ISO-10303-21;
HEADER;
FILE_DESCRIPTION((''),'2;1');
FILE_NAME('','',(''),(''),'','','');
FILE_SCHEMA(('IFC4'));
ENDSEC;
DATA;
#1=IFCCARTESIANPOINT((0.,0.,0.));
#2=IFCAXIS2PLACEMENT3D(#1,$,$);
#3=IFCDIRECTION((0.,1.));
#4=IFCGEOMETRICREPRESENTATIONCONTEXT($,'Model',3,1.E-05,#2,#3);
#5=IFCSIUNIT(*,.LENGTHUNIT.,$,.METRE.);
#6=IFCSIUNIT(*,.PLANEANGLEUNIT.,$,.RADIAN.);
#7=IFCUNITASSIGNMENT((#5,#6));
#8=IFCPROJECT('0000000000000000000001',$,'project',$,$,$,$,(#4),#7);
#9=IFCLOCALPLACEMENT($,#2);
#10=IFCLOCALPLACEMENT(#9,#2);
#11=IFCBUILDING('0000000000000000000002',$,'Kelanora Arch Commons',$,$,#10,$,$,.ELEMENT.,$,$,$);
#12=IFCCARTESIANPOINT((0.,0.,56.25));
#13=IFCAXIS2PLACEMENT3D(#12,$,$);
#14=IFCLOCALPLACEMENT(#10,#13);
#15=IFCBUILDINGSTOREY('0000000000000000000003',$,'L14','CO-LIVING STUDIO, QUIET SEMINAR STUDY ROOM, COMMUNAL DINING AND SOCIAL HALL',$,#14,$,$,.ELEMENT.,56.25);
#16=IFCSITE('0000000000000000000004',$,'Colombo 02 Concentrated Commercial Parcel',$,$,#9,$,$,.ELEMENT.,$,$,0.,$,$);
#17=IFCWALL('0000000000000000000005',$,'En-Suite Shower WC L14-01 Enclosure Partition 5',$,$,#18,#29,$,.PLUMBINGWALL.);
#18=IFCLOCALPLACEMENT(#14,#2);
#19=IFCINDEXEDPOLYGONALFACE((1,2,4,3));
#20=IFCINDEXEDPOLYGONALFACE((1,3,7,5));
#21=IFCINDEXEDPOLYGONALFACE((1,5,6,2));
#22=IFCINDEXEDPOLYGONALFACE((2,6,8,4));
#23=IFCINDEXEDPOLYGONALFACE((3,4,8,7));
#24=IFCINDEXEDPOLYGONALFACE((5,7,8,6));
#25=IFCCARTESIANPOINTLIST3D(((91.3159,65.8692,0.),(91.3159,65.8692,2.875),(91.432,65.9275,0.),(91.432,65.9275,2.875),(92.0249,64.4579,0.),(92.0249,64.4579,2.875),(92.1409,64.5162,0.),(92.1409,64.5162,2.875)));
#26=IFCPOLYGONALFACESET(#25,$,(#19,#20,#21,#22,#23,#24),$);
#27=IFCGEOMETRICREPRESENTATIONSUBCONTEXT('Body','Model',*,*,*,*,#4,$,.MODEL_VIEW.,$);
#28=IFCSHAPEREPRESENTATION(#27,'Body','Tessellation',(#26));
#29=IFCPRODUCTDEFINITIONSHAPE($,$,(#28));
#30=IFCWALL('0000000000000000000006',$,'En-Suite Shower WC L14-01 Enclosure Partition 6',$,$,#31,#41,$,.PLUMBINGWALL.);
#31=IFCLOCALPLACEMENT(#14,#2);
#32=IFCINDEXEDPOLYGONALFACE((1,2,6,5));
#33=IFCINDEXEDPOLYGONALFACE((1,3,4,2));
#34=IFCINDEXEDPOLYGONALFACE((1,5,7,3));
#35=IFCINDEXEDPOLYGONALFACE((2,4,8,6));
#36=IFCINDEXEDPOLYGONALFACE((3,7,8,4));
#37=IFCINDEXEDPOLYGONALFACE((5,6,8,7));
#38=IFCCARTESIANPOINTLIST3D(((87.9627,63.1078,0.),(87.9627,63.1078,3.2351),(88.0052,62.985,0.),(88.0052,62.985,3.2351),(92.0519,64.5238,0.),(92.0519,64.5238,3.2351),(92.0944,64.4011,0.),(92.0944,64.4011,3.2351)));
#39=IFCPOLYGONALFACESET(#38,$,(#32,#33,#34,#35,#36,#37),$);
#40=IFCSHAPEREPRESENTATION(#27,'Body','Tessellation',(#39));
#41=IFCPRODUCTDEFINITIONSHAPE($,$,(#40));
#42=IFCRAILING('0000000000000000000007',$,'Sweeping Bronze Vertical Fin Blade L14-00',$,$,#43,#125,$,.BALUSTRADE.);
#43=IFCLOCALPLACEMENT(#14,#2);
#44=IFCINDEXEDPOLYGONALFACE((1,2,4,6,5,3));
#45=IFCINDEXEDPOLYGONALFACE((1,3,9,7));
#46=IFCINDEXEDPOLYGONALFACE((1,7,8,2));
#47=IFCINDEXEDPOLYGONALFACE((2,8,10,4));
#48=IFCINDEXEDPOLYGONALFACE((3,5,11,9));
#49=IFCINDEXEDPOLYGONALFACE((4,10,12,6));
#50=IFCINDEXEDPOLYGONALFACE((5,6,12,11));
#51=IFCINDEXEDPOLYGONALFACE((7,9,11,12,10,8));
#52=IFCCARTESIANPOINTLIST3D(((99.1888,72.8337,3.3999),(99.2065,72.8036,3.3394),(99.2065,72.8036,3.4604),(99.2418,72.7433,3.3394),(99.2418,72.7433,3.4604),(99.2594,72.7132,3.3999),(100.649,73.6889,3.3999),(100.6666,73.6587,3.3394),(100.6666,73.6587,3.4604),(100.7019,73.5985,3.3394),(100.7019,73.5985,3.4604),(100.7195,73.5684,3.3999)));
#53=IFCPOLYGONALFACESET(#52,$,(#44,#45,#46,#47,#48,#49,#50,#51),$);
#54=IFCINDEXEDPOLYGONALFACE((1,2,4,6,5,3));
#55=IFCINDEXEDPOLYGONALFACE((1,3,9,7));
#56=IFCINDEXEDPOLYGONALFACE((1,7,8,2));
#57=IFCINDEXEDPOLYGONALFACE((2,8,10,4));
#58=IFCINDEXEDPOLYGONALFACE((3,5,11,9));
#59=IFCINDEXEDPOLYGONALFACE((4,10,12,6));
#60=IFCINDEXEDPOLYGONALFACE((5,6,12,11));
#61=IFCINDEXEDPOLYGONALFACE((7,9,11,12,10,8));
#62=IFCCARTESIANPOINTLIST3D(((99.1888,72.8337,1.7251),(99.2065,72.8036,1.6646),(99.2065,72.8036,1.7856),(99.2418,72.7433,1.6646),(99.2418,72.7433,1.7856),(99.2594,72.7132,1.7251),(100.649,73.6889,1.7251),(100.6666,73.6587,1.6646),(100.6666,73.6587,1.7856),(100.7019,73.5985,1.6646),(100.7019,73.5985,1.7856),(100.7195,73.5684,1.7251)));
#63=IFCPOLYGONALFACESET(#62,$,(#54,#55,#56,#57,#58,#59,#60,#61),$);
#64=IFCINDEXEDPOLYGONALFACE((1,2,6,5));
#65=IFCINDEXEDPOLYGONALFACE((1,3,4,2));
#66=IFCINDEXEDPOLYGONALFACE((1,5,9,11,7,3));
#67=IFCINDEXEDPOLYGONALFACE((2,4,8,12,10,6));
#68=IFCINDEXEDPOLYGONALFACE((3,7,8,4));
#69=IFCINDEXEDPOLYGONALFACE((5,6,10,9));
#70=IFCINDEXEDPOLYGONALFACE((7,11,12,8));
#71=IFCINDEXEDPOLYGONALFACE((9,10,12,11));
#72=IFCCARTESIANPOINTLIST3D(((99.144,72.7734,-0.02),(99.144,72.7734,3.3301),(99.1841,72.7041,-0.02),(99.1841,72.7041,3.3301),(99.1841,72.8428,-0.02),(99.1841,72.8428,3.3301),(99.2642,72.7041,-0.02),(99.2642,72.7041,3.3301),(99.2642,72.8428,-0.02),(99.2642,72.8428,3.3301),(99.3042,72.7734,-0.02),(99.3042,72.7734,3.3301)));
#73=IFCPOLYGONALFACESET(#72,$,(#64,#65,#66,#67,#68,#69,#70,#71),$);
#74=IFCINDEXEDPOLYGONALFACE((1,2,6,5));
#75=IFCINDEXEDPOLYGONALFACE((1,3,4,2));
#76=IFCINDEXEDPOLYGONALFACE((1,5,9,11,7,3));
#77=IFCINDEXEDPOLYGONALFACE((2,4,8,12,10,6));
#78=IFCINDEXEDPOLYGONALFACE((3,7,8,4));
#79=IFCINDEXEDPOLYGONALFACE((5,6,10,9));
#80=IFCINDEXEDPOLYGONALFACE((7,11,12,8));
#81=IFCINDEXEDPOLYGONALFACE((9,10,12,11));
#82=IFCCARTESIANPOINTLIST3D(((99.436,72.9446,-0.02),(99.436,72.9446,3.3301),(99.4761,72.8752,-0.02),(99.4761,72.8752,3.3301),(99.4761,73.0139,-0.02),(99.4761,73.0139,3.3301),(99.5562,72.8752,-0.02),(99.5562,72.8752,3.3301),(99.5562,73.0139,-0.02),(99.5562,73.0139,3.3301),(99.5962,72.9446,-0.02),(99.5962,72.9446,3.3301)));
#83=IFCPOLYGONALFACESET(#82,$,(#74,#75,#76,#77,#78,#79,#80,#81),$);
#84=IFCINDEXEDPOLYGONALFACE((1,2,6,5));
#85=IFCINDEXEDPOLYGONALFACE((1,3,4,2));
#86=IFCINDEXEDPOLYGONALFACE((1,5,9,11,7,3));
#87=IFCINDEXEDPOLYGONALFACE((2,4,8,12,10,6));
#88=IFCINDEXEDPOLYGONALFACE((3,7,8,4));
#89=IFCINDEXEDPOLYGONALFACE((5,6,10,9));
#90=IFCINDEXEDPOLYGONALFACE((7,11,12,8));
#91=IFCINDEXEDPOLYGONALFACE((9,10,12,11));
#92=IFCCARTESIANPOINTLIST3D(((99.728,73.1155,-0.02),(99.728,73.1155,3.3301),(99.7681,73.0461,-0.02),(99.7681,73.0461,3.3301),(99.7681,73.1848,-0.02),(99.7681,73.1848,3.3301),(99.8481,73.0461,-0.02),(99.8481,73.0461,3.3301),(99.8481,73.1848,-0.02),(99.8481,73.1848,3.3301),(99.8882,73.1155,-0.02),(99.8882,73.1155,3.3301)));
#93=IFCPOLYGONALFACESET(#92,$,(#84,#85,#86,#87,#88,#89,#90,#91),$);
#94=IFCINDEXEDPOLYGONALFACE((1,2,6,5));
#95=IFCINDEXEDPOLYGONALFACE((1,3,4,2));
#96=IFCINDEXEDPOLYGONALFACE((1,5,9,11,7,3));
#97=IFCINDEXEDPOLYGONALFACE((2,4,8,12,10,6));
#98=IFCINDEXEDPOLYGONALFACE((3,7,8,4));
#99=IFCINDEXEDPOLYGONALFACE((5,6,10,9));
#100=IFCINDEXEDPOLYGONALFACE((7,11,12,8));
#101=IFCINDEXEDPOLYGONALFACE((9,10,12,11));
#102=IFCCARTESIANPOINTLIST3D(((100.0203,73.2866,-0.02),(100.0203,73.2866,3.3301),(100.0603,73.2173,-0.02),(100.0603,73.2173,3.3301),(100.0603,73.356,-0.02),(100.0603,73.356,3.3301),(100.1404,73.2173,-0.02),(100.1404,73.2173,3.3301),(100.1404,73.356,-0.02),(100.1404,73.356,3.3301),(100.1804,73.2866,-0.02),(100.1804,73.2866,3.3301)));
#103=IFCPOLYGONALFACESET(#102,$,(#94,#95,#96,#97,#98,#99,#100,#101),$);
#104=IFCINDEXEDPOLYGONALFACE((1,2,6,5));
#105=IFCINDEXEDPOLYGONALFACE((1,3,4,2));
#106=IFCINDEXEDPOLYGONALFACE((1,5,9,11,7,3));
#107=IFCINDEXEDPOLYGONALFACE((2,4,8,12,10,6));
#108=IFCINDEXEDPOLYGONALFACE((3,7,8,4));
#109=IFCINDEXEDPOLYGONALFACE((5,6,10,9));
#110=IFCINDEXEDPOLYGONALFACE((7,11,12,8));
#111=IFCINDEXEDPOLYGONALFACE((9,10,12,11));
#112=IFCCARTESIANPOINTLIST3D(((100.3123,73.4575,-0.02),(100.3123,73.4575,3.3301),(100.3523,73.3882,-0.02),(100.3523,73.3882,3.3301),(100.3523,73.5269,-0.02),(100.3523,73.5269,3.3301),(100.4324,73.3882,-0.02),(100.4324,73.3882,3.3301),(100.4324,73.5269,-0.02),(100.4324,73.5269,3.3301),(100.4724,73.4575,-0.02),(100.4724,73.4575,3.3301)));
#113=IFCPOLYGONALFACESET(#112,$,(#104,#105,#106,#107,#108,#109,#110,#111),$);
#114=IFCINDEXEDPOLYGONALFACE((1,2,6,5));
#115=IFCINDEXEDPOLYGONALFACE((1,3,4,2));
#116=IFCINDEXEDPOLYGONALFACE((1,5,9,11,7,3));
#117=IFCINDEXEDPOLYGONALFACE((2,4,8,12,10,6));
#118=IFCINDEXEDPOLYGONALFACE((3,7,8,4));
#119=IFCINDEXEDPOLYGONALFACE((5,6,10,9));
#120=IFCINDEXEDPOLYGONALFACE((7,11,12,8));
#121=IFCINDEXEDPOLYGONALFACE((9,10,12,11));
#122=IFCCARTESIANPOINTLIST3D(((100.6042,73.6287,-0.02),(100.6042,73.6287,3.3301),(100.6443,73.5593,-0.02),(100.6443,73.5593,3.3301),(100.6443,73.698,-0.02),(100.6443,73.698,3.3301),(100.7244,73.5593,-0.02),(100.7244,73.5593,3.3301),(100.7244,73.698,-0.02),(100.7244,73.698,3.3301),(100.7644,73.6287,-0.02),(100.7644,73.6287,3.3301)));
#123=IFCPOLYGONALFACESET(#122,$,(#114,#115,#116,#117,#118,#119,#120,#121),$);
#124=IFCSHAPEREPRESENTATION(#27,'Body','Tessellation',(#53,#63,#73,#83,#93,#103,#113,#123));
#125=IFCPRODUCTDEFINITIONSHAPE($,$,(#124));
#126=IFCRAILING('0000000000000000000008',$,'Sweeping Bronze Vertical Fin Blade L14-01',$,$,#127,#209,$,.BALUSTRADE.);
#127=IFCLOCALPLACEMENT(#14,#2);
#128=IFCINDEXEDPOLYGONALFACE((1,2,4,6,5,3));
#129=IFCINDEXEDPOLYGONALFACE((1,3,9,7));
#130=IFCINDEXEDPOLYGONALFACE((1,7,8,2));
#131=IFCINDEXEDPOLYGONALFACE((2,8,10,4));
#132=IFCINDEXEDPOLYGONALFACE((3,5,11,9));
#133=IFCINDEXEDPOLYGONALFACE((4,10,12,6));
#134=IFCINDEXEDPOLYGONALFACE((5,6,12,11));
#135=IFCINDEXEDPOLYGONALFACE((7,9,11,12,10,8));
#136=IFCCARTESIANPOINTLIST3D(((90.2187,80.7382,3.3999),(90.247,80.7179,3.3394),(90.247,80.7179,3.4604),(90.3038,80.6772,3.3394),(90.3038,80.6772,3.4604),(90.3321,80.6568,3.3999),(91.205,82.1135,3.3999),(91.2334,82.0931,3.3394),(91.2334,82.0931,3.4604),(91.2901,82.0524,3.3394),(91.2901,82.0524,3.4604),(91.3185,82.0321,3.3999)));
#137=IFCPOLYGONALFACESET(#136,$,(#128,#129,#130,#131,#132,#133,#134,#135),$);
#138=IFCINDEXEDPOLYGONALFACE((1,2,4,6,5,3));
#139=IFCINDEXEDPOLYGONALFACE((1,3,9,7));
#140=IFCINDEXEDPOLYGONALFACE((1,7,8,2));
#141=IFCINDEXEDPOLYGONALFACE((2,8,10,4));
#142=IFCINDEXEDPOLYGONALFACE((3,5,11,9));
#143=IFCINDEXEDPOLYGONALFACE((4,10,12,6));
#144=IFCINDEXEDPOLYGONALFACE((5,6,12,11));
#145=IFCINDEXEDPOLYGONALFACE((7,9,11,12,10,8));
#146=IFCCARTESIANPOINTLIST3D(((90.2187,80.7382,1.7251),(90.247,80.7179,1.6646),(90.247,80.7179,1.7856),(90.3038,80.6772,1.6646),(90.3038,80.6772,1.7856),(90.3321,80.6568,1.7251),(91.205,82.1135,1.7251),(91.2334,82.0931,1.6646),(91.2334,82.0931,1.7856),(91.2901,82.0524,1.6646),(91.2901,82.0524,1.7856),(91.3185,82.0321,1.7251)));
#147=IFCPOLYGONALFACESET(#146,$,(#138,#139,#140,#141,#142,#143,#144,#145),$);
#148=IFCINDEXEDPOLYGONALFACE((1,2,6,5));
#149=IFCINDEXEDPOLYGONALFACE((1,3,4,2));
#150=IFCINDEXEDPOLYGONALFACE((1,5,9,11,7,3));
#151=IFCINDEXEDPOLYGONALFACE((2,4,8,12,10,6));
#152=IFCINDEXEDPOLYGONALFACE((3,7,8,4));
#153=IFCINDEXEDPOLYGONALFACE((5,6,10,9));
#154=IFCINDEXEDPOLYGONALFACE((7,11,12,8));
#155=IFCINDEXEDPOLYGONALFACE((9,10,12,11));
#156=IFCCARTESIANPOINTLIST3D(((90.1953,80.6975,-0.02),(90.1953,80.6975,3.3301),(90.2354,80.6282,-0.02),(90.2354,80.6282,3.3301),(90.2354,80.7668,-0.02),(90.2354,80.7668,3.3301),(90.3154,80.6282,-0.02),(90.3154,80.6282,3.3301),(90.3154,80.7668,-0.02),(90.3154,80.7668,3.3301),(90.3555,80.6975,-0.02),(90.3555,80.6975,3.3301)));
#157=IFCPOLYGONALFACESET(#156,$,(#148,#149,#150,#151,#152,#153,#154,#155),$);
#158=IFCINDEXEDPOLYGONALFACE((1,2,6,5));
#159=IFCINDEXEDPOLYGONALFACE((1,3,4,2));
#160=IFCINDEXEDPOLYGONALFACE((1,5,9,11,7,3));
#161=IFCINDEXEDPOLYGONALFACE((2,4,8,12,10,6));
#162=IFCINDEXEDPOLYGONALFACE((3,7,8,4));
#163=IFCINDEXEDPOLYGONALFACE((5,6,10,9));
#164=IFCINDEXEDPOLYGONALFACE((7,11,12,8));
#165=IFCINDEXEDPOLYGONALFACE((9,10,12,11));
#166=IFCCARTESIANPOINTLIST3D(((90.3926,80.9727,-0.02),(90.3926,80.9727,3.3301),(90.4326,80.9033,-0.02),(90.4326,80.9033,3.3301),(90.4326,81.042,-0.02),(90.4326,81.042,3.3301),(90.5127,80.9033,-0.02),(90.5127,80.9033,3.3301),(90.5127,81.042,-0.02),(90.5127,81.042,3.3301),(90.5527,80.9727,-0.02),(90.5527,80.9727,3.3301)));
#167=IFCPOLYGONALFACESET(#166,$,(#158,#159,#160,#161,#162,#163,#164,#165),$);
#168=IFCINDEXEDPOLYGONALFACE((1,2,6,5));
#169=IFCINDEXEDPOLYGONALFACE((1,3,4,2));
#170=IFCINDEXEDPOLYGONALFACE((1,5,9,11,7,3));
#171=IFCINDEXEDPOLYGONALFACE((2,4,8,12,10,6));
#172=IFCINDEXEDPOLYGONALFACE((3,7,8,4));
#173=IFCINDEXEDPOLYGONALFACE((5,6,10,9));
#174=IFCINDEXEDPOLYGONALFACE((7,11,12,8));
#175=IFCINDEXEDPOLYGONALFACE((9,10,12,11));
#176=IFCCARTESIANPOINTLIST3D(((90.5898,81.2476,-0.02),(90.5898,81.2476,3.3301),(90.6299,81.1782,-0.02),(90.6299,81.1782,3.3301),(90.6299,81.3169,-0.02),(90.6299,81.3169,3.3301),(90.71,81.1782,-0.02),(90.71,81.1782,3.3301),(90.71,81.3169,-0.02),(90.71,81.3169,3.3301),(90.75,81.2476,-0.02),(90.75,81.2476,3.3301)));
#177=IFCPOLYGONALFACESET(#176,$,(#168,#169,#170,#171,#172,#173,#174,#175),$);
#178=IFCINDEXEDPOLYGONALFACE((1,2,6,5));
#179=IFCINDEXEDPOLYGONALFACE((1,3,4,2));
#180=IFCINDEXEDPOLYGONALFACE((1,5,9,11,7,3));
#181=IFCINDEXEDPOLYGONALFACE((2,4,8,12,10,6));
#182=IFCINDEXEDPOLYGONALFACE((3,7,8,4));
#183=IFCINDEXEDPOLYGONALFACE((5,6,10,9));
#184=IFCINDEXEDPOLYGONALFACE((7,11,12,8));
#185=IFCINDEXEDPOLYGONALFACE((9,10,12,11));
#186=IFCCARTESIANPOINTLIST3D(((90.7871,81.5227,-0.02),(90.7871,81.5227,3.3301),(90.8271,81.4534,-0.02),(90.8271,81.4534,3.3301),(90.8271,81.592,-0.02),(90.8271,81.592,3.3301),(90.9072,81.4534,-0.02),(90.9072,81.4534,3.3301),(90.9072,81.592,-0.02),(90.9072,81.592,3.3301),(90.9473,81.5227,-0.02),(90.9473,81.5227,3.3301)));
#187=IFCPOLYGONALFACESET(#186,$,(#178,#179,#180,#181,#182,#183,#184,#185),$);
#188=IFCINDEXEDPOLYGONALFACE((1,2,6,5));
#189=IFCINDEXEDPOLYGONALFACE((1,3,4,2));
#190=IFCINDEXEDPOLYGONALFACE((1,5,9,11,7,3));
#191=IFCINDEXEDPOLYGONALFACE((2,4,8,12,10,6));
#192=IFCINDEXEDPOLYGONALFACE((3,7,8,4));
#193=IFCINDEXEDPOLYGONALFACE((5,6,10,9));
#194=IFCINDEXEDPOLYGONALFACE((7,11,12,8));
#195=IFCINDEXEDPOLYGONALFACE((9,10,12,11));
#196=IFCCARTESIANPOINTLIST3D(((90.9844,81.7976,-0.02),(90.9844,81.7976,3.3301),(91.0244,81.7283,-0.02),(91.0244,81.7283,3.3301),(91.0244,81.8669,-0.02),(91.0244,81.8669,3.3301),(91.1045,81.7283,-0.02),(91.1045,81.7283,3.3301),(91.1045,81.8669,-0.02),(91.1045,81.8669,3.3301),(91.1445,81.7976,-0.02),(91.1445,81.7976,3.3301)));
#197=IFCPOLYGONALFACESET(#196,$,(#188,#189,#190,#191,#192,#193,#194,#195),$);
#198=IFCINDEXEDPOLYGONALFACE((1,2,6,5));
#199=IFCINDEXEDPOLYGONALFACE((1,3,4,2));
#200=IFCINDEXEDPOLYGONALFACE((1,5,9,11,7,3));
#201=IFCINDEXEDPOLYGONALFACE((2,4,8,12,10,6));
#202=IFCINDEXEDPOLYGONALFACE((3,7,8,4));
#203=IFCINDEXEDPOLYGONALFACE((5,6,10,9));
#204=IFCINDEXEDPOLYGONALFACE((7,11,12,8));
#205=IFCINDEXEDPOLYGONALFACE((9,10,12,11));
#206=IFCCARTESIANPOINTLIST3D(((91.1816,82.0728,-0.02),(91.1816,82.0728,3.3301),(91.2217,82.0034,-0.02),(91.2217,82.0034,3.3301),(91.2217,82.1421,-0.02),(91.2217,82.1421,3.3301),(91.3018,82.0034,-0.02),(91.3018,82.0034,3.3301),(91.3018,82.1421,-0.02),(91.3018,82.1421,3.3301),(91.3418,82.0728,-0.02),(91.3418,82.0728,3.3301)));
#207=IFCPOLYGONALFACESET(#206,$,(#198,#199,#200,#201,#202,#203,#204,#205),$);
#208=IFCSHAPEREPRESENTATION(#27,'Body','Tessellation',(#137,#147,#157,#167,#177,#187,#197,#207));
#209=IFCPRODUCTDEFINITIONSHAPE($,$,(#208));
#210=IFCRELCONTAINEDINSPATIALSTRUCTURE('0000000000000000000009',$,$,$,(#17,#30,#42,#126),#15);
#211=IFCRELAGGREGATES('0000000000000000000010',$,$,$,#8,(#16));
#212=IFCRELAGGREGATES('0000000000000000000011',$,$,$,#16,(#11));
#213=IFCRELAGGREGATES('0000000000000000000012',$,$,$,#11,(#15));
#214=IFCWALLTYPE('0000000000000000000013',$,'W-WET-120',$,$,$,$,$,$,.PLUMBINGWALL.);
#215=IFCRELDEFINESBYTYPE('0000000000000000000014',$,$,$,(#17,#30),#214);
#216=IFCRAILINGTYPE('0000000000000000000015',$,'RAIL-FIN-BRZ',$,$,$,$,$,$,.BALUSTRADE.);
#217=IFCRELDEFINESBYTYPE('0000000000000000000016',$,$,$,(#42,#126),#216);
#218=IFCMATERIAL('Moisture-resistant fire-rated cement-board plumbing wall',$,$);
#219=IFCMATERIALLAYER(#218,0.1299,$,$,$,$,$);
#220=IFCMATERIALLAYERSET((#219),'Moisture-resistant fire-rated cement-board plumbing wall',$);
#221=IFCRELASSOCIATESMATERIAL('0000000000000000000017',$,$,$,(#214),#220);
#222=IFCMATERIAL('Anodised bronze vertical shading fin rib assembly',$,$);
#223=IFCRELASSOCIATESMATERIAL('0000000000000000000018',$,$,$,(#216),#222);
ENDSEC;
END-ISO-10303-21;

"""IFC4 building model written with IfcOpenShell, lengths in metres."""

from ifc_helpers import new_model, si_unit, direction, frame, frame_2d, origin, place, context, subcontext, project, spatial, polyline, rectangle, outline, extrude, material, layer, layer_set, type_object, element, save


model = new_model("IFC4")

# Units and contexts
model_context = context("Model", 3, precision=1e-05, world=origin(), true_north=direction((0.0, 1.0)))
body_context = subcontext(model_context, "Body", "Model", "MODEL_VIEW")
ifc_project = project(units=[si_unit("LENGTHUNIT", "METRE"), si_unit("PLANEANGLEUNIT", "RADIAN")], contexts=[model_context])

# Site, building, storey
site_placement = place(None, origin())
site = spatial("IfcSite", under=ifc_project, at=site_placement, Name="Colombo 02 Concentrated Commercial Parcel", CompositionType="ELEMENT", RefElevation=0.0)
building_placement = place(site_placement, origin())
building = spatial("IfcBuilding", under=site, at=building_placement, Name="Kelanora Arch Commons", CompositionType="ELEMENT")
storey_placement = place(building_placement, frame((0.0, 0.0, 56.25)))
storey = spatial("IfcBuildingStorey", under=building, at=storey_placement, Name="L14", Description="CO-LIVING STUDIO, QUIET SEMINAR STUDY ROOM, COMMUNAL DINING AND SOCIAL HALL", CompositionType="ELEMENT", Elevation=56.25)

# Walls
ifc_material_1 = material(Name="Moisture-resistant fire-rated cement-board plumbing wall")
ifc_layer_1 = layer(ifc_material_1, 0.1299)
ifc_layer_set_1 = layer_set([ifc_layer_1], Name="Moisture-resistant fire-rated cement-board plumbing wall")
wall_type_1 = type_object("IfcWallType", Name="W-WET-120", PredefinedType="PLUMBINGWALL", material=ifc_layer_set_1)
wall_1_placement = place(storey_placement, frame((91.374, 65.8982, 0.0), z_axis=(0.0, 0.0, 1.0), x_axis=(0.448882, -0.893591, 0.0)))
element("IfcWall", 1, at=wall_1_placement, inside=storey, type_object=wall_type_1, Name="En-Suite Shower WC L14-01 Enclosure Partition 5", PredefinedType="PLUMBINGWALL", context=body_context, shape_type="SweptSolid", body=[
    extrude(rectangle(XDim=1.5793, YDim=0.1299, at=frame_2d((0.7896, 0.0))), origin(), (0.0, 0.0, 1.0), 2.875),
])
wall_2_placement = place(storey_placement, frame((92.073, 64.4624, 0.0), z_axis=(0.0, 0.0, 1.0), x_axis=(-0.944946, -0.327225, 0.0)))
element("IfcWall", 2, at=wall_2_placement, inside=storey, type_object=wall_type_1, Name="En-Suite Shower WC L14-01 Enclosure Partition 6", PredefinedType="PLUMBINGWALL", context=body_context, shape_type="SweptSolid", body=[
    extrude(rectangle(XDim=4.3274, YDim=0.1299, at=frame_2d((2.1636, 0.0))), origin(), (0.0, 0.0, 1.0), 3.2351),
])

# Railings
ifc_material_2 = material(Name="Anodised bronze vertical shading fin rib assembly")
railing_type = type_object("IfcRailingType", Name="RAIL-FIN-BRZ", PredefinedType="BALUSTRADE", material=ifc_material_2)
railing_1_placement = place(storey_placement, frame((99.2241, 72.7734, -0.02)))
element("IfcRailing", 3, at=railing_1_placement, inside=storey, type_object=railing_type, Name="Sweeping Bronze Vertical Fin Blade L14-00", PredefinedType="BALUSTRADE", context=body_context, shape_type="SweptSolid", body=[
    extrude(outline(polyline([(0.0698, 0.0), (0.0349, 0.0605), (-0.0349, 0.0605), (-0.0698, 0.0), (-0.0349, -0.0605), (0.0349, -0.0605), (0.0698, 0.0)])), frame((0.0, 0.0, 3.4199), z_axis=(0.862893, 0.505386, 0.0), x_axis=(-0.505386, 0.862893, 0.0)), (0.0, 0.0, 1.0), 1.6921),
    extrude(outline(polyline([(0.0698, 0.0), (0.0349, 0.0605), (-0.0349, 0.0605), (-0.0698, 0.0), (-0.0349, -0.0605), (0.0349, -0.0605), (0.0698, 0.0)])), frame((0.0, 0.0, 1.7451), z_axis=(0.862893, 0.505386, 0.0), x_axis=(-0.505386, 0.862893, 0.0)), (0.0, 0.0, 1.0), 1.6921),
    extrude(outline(polyline([(0.0801, 0.0), (0.04, 0.0693), (-0.04, 0.0693), (-0.0801, 0.0), (-0.04, -0.0693), (0.04, -0.0693), (0.0801, 0.0)])), origin(), (0.0, 0.0, 1.0), 3.3501),
    extrude(outline(polyline([(0.0801, 0.0), (0.04, 0.0693), (-0.04, 0.0693), (-0.0801, 0.0), (-0.04, -0.0693), (0.04, -0.0693), (0.0801, 0.0)])), frame((0.292, 0.1711, 0.0)), (0.0, 0.0, 1.0), 3.3501),
    extrude(outline(polyline([(0.0801, 0.0), (0.04, 0.0693), (-0.04, 0.0693), (-0.0801, 0.0), (-0.04, -0.0693), (0.04, -0.0693), (0.0801, 0.0)])), frame((0.584, 0.342, 0.0)), (0.0, 0.0, 1.0), 3.3501),
    extrude(outline(polyline([(0.0801, 0.0), (0.04, 0.0693), (-0.04, 0.0693), (-0.0801, 0.0), (-0.04, -0.0693), (0.04, -0.0693), (0.0801, 0.0)])), frame((0.8762, 0.5132, 0.0)), (0.0, 0.0, 1.0), 3.3501),
    extrude(outline(polyline([(0.0801, 0.0), (0.04, 0.0693), (-0.04, 0.0693), (-0.0801, 0.0), (-0.04, -0.0693), (0.04, -0.0693), (0.0801, 0.0)])), frame((1.1682, 0.6841, 0.0)), (0.0, 0.0, 1.0), 3.3501),
    extrude(outline(polyline([(0.0801, 0.0), (0.04, 0.0693), (-0.04, 0.0693), (-0.0801, 0.0), (-0.04, -0.0693), (0.04, -0.0693), (0.0801, 0.0)])), frame((1.4602, 0.8552, 0.0)), (0.0, 0.0, 1.0), 3.3501),
])
railing_2_placement = place(storey_placement, frame((90.2754, 80.6975, -0.02)))
element("IfcRailing", 4, at=railing_2_placement, inside=storey, type_object=railing_type, Name="Sweeping Bronze Vertical Fin Blade L14-01", PredefinedType="BALUSTRADE", context=body_context, shape_type="SweptSolid", body=[
    extrude(outline(polyline([(0.0698, 0.0), (0.0349, 0.0605), (-0.0349, 0.0605), (-0.0698, 0.0), (-0.0349, -0.0605), (0.0349, -0.0605), (0.0698, 0.0)])), frame((0.0, 0.0, 3.4199), z_axis=(0.582806, 0.812611, 0.0), x_axis=(-0.812611, 0.582806, 0.0)), (0.0, 0.0, 1.0), 1.6924),
    extrude(outline(polyline([(0.0698, 0.0), (0.0349, 0.0605), (-0.0349, 0.0605), (-0.0698, 0.0), (-0.0349, -0.0605), (0.0349, -0.0605), (0.0698, 0.0)])), frame((0.0, 0.0, 1.7451), z_axis=(0.582806, 0.812611, 0.0), x_axis=(-0.812611, 0.582806, 0.0)), (0.0, 0.0, 1.0), 1.6924),
    extrude(outline(polyline([(0.0801, 0.0), (0.04, 0.0693), (-0.04, 0.0693), (-0.0801, 0.0), (-0.04, -0.0693), (0.04, -0.0693), (0.0801, 0.0)])), origin(), (0.0, 0.0, 1.0), 3.3501),
    extrude(outline(polyline([(0.0801, 0.0), (0.04, 0.0693), (-0.04, 0.0693), (-0.0801, 0.0), (-0.04, -0.0693), (0.04, -0.0693), (0.0801, 0.0)])), frame((0.1973, 0.2751, 0.0)), (0.0, 0.0, 1.0), 3.3501),
    extrude(outline(polyline([(0.0801, 0.0), (0.04, 0.0693), (-0.04, 0.0693), (-0.0801, 0.0), (-0.04, -0.0693), (0.04, -0.0693), (0.0801, 0.0)])), frame((0.3945, 0.55, 0.0)), (0.0, 0.0, 1.0), 3.3501),
    extrude(outline(polyline([(0.0801, 0.0), (0.04, 0.0693), (-0.04, 0.0693), (-0.0801, 0.0), (-0.04, -0.0693), (0.04, -0.0693), (0.0801, 0.0)])), frame((0.5918, 0.8252, 0.0)), (0.0, 0.0, 1.0), 3.3501),
    extrude(outline(polyline([(0.0801, 0.0), (0.04, 0.0693), (-0.04, 0.0693), (-0.0801, 0.0), (-0.04, -0.0693), (0.04, -0.0693), (0.0801, 0.0)])), frame((0.7891, 1.1001, 0.0)), (0.0, 0.0, 1.0), 3.3501),
    extrude(outline(polyline([(0.0801, 0.0), (0.04, 0.0693), (-0.04, 0.0693), (-0.0801, 0.0), (-0.04, -0.0693), (0.04, -0.0693), (0.0801, 0.0)])), frame((0.9863, 1.3752, 0.0)), (0.0, 0.0, 1.0), 3.3501),
])

save(model, "model.ifc")
